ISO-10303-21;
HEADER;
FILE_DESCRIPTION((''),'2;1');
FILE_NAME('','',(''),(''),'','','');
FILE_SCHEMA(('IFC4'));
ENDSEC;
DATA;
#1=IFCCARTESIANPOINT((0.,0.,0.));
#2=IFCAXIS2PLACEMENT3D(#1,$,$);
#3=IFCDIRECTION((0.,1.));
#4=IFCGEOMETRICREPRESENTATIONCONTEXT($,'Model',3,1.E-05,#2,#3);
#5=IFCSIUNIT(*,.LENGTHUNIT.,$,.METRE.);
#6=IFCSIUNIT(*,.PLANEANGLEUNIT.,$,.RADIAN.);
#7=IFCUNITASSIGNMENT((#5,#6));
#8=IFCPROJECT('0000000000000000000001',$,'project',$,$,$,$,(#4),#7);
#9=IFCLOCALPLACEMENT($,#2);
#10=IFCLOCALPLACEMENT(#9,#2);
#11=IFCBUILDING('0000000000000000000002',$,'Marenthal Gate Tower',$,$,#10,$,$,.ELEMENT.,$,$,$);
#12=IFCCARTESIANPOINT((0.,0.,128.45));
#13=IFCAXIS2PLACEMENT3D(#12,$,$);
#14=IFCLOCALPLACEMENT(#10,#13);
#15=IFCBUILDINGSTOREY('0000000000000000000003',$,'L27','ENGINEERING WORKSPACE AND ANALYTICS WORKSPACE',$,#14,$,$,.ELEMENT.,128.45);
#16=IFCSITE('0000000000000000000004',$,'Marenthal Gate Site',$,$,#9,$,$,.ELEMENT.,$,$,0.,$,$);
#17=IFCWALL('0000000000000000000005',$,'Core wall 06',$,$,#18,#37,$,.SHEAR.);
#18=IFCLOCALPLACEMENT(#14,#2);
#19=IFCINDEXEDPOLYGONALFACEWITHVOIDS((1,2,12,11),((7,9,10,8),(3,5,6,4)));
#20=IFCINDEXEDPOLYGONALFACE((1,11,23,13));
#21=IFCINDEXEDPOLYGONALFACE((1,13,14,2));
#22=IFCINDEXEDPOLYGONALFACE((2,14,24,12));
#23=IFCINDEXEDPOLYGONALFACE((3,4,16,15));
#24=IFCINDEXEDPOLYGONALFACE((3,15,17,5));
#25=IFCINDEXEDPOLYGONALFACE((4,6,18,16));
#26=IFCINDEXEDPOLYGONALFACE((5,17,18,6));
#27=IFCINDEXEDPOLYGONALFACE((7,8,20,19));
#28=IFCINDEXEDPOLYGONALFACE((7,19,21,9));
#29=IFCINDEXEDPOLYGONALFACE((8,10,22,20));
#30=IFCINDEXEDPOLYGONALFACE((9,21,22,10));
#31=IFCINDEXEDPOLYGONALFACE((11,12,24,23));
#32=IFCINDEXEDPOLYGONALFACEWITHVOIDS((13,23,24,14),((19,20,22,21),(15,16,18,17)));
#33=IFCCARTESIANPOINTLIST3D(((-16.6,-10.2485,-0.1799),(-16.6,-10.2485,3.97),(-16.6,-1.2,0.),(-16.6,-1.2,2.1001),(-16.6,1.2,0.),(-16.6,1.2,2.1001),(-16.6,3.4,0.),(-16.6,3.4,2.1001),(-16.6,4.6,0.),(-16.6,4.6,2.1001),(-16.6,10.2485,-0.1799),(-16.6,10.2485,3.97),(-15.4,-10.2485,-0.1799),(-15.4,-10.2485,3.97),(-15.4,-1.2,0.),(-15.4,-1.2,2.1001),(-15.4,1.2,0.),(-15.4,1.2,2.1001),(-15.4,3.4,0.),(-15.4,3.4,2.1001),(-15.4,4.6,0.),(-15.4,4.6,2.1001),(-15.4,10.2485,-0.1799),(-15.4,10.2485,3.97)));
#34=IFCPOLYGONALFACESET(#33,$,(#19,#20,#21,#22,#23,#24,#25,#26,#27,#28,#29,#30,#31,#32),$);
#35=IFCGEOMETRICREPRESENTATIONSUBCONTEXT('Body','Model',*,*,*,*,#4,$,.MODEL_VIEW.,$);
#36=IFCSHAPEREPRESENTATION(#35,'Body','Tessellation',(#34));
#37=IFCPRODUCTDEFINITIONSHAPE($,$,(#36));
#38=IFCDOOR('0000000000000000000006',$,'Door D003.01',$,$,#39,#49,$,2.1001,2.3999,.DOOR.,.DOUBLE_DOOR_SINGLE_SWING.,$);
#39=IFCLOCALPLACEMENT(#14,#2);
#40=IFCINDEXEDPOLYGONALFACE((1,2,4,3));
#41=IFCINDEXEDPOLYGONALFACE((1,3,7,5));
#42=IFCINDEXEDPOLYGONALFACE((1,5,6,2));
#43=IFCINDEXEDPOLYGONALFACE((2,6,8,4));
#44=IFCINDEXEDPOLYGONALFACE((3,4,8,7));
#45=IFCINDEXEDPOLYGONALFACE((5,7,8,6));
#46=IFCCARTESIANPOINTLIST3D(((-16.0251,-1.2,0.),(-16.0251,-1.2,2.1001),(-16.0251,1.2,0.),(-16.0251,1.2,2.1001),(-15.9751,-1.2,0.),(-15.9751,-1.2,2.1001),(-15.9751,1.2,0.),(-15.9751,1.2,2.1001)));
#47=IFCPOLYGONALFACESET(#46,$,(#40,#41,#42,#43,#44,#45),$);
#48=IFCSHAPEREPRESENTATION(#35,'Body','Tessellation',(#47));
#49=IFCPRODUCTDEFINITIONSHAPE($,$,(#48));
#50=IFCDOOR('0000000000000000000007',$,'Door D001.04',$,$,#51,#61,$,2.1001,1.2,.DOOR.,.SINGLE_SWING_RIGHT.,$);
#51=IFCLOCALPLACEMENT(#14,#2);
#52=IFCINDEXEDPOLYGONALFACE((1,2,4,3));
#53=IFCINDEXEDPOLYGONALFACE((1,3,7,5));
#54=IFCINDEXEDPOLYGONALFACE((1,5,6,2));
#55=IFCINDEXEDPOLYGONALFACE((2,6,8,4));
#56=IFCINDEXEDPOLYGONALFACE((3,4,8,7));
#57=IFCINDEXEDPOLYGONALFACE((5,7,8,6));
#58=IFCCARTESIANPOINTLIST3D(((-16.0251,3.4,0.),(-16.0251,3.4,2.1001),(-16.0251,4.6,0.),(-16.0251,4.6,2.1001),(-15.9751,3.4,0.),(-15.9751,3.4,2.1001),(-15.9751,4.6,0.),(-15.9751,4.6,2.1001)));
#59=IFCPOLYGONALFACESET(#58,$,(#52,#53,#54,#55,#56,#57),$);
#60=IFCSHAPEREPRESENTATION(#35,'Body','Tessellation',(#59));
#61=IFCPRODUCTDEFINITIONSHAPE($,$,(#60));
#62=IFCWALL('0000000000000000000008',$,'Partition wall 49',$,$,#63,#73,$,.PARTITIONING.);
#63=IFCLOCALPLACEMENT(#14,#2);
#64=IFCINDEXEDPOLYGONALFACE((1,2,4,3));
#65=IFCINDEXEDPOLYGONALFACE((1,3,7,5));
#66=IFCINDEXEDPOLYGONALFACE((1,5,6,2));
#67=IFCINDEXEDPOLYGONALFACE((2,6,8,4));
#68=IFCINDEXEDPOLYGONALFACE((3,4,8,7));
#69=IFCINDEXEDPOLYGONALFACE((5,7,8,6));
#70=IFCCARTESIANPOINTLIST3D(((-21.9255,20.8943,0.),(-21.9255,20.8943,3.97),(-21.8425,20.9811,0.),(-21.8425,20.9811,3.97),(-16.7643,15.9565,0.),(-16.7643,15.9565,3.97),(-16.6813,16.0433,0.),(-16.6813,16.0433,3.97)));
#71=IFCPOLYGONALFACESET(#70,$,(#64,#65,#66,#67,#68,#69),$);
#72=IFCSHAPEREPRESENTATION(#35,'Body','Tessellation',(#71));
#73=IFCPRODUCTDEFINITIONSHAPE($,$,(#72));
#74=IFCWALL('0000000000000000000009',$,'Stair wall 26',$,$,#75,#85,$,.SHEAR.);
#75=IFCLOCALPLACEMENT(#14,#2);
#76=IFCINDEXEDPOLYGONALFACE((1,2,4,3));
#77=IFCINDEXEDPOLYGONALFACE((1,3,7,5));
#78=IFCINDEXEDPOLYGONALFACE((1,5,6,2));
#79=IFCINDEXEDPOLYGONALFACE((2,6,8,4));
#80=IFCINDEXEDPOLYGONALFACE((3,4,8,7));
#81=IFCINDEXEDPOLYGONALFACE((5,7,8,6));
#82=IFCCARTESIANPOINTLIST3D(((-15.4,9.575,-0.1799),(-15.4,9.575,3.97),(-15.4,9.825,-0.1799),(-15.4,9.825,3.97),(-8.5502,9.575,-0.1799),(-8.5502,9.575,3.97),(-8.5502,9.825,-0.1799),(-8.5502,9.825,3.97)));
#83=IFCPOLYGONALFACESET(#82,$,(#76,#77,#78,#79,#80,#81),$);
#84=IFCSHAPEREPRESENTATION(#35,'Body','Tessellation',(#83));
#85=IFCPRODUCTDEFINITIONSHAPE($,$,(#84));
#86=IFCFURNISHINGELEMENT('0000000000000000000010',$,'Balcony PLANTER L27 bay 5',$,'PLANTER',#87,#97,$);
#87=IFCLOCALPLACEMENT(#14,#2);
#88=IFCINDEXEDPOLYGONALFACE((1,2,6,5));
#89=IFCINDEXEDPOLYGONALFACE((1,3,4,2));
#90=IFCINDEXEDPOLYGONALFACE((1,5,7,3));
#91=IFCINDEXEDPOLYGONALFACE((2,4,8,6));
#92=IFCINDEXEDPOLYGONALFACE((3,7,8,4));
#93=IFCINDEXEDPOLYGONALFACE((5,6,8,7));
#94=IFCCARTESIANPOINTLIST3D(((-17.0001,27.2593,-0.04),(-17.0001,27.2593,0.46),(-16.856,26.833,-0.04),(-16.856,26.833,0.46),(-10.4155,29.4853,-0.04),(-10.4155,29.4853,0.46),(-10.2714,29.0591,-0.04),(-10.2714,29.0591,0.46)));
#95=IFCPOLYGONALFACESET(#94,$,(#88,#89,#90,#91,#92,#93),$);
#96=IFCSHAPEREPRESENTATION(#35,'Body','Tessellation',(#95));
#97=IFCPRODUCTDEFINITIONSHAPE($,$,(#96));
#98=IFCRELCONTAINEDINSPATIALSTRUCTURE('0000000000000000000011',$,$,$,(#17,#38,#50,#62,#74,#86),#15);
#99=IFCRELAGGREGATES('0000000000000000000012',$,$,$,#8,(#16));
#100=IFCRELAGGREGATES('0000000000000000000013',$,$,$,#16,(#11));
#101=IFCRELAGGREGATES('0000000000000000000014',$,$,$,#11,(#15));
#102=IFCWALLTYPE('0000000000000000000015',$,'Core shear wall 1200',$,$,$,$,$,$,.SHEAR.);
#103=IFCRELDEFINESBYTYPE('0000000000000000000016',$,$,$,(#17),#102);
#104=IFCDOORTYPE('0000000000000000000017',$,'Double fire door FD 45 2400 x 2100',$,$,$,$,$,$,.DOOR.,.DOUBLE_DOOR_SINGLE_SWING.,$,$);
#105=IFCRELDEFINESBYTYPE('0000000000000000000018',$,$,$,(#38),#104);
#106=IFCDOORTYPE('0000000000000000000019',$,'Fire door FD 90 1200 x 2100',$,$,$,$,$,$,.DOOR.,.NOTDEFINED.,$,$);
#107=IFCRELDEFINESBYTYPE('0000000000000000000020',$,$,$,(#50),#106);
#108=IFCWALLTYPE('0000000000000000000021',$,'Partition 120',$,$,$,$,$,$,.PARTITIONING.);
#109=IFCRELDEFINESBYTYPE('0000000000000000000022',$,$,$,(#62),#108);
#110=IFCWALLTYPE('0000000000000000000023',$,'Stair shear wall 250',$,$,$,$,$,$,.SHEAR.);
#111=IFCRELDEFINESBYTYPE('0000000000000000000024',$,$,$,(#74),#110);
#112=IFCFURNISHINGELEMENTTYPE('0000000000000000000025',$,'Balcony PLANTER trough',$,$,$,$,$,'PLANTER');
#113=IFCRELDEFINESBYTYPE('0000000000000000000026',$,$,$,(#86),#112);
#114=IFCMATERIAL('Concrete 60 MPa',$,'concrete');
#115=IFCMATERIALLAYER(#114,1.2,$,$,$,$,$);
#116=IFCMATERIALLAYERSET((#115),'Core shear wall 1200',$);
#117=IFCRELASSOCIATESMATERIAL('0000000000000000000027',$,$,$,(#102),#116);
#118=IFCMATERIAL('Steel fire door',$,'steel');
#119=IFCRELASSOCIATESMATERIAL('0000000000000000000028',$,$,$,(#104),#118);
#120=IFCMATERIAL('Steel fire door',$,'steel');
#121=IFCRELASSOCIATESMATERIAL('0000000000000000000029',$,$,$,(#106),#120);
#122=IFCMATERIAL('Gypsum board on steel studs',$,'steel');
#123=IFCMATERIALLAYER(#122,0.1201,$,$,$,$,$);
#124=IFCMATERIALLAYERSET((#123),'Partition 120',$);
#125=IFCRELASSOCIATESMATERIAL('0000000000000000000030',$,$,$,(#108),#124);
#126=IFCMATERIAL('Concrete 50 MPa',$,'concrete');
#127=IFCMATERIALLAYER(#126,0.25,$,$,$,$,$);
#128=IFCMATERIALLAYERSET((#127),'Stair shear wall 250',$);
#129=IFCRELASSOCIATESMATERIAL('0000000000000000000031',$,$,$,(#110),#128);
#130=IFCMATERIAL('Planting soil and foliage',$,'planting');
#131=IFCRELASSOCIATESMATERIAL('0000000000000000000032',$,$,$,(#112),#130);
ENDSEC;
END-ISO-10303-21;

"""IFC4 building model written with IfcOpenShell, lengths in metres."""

from ifc_helpers import new_model, si_unit, direction, frame, frame_2d, origin, origin_2d, place, context, subcontext, project, spatial, rectangle, extrude, material, layer, layer_set, type_object, element, fill, save


model = new_model("IFC4")

# Units and contexts
model_context = context("Model", 3, precision=1e-05, world=origin(), true_north=direction((0.0, 1.0)))
body_context = subcontext(model_context, "Body", "Model", "MODEL_VIEW")
ifc_project = project(units=[si_unit("LENGTHUNIT", "METRE"), si_unit("PLANEANGLEUNIT", "RADIAN")], contexts=[model_context])

# Site, building, storey
site_placement = place(None, origin())
site = spatial("IfcSite", under=ifc_project, at=site_placement, Name="Marenthal Gate Site", CompositionType="ELEMENT", RefElevation=0.0)
building_placement = place(site_placement, origin())
building = spatial("IfcBuilding", under=site, at=building_placement, Name="Marenthal Gate Tower", CompositionType="ELEMENT")
storey_placement = place(building_placement, frame((0.0, 0.0, 128.45)))
storey = spatial("IfcBuildingStorey", under=building, at=storey_placement, Name="L27", Description="ENGINEERING WORKSPACE AND ANALYTICS WORKSPACE", CompositionType="ELEMENT", Elevation=128.45)

# Shared definitions
ifc_material_1 = material(Name="Concrete 60 MPa", Category="concrete")
ifc_layer_1 = layer(ifc_material_1, 1.2)
ifc_layer_set_1 = layer_set([ifc_layer_1], Name="Core shear wall 1200")
wall_type_1 = type_object("IfcWallType", Name="Core shear wall 1200", PredefinedType="SHEAR", material=ifc_layer_set_1)

# Wall, openings, doors
wall_1_placement = place(storey_placement, frame((-16.0, 10.2485, -0.1799), z_axis=(0.0, 0.0, 1.0), x_axis=(0.0, -1.0, 0.0)))
wall_1 = element("IfcWall", 1, at=wall_1_placement, inside=storey, type_object=wall_type_1, Name="Core wall 06", PredefinedType="SHEAR", context=body_context, shape_type="SweptSolid", body=[
    extrude(rectangle(XDim=20.4971, YDim=1.2, at=frame_2d((10.2485, 0.0))), origin(), (0.0, 0.0, 1.0), 4.1499),
])
opening_1_placement = place(wall_1_placement, frame((9.0486, 0.0, 0.1799)))
opening_1 = element("IfcOpeningElement", 2, at=opening_1_placement, cuts=wall_1, PredefinedType="OPENING", context=body_context, shape_type="SweptSolid", body=[
    extrude(rectangle(XDim=2.3999, YDim=2.1001, at=frame_2d((1.2, 1.05))), frame((0.0, 0.6099, 0.0), z_axis=(0.0, -1.0, 0.0), x_axis=(1.0, 0.0, 0.0)), (0.0, 0.0, 1.0), 1.22),
])
opening_2_placement = place(wall_1_placement, frame((5.6484, 0.0, 0.1799)))
opening_2 = element("IfcOpeningElement", 3, at=opening_2_placement, cuts=wall_1, PredefinedType="OPENING", context=body_context, shape_type="SweptSolid", body=[
    extrude(rectangle(XDim=1.2, YDim=2.1001, at=frame_2d((0.6001, 1.05))), frame((0.0, 0.6099, 0.0), z_axis=(0.0, -1.0, 0.0), x_axis=(1.0, 0.0, 0.0)), (0.0, 0.0, 1.0), 1.22),
])
ifc_material_2 = material(Name="Steel fire door", Category="steel")
door_type_1 = type_object("IfcDoorType", Name="Double fire door FD 45 2400 x 2100", OperationType="DOUBLE_DOOR_SINGLE_SWING", PredefinedType="DOOR", material=ifc_material_2)
door_1_placement = place(opening_1_placement, origin())
door_1 = element("IfcDoor", 4, at=door_1_placement, inside=storey, type_object=door_type_1, Name="Door D003.01", OperationType="DOUBLE_DOOR_SINGLE_SWING", OverallHeight=2.1001, OverallWidth=2.3999, PredefinedType="DOOR", context=body_context, shape_type="SweptSolid", body=[
    extrude(rectangle(XDim=2.3999, YDim=2.1001, at=frame_2d((1.2, 1.05))), frame((0.0, 0.0249, 0.0), z_axis=(0.0, -1.0, 0.0), x_axis=(1.0, 0.0, 0.0)), (0.0, 0.0, 1.0), 0.05),
])
fill(opening_1, door_1)
ifc_material_3 = material(Name="Steel fire door", Category="steel")
door_type_2 = type_object("IfcDoorType", Name="Fire door FD 90 1200 x 2100", OperationType="NOTDEFINED", PredefinedType="DOOR", material=ifc_material_3)
door_2_placement = place(opening_2_placement, origin())
door_2 = element("IfcDoor", 5, at=door_2_placement, inside=storey, type_object=door_type_2, Name="Door D001.04", OperationType="SINGLE_SWING_RIGHT", OverallHeight=2.1001, OverallWidth=1.2, PredefinedType="DOOR", context=body_context, shape_type="SweptSolid", body=[
    extrude(rectangle(XDim=1.2, YDim=2.1001, at=frame_2d((0.6001, 1.05))), frame((0.0, 0.0249, 0.0), z_axis=(0.0, -1.0, 0.0), x_axis=(1.0, 0.0, 0.0)), (0.0, 0.0, 1.0), 0.05),
])
fill(opening_2, door_2)

# Walls
ifc_material_4 = material(Name="Gypsum board on steel studs", Category="steel")
ifc_layer_2 = layer(ifc_material_4, 0.1201)
ifc_layer_set_2 = layer_set([ifc_layer_2], Name="Partition 120")
wall_type_2 = type_object("IfcWallType", Name="Partition 120", PredefinedType="PARTITIONING", material=ifc_layer_set_2)
wall_2_placement = place(storey_placement, frame((-16.7229, 16.0, 0.0), z_axis=(0.0, 0.0, 1.0), x_axis=(-0.722571, 0.691296, 0.0)))
element("IfcWall", 6, at=wall_2_placement, inside=storey, type_object=wall_type_2, Name="Partition wall 49", PredefinedType="PARTITIONING", context=body_context, shape_type="SweptSolid", body=[
    extrude(rectangle(XDim=7.1428, YDim=0.1201, at=frame_2d((3.5713, 0.0))), origin(), (0.0, 0.0, 1.0), 3.97),
])
ifc_material_5 = material(Name="Concrete 50 MPa", Category="concrete")
ifc_layer_3 = layer(ifc_material_5, 0.25)
ifc_layer_set_3 = layer_set([ifc_layer_3], Name="Stair shear wall 250")
wall_type_3 = type_object("IfcWallType", Name="Stair shear wall 250", PredefinedType="SHEAR", material=ifc_layer_set_3)
wall_3_placement = place(storey_placement, frame((-15.3999, 9.7, -0.1799), z_axis=(0.0, 0.0, 1.0), x_axis=(1.0, 0.0, 0.0)))
element("IfcWall", 7, at=wall_3_placement, inside=storey, type_object=wall_type_3, Name="Stair wall 26", PredefinedType="SHEAR", context=body_context, shape_type="SweptSolid", body=[
    extrude(rectangle(XDim=6.8499, YDim=0.25, at=frame_2d((3.4248, 0.0))), origin(), (0.0, 0.0, 1.0), 4.1499),
])

# Furnishing element
ifc_material_6 = material(Name="Planting soil and foliage", Category="planting")
furnishing_element_type = type_object("IfcFurnishingElementType", Name="Balcony PLANTER trough", ElementType="PLANTER", material=ifc_material_6)
furnishing_placement = place(storey_placement, frame((-13.6357, 28.1592, -0.04), z_axis=(0.0, 0.0, 1.0), x_axis=(-0.947329, -0.320262, 0.0)))
element("IfcFurnishingElement", 8, at=furnishing_placement, inside=storey, type_object=furnishing_element_type, Name="Balcony PLANTER L27 bay 5", ObjectType="PLANTER", context=body_context, shape_type="SweptSolid", body=[
    extrude(rectangle(XDim=6.9507, YDim=0.45, at=origin_2d()), origin(), (0.0, 0.0, 1.0), 0.5),
])

save(model, "model.ifc")
